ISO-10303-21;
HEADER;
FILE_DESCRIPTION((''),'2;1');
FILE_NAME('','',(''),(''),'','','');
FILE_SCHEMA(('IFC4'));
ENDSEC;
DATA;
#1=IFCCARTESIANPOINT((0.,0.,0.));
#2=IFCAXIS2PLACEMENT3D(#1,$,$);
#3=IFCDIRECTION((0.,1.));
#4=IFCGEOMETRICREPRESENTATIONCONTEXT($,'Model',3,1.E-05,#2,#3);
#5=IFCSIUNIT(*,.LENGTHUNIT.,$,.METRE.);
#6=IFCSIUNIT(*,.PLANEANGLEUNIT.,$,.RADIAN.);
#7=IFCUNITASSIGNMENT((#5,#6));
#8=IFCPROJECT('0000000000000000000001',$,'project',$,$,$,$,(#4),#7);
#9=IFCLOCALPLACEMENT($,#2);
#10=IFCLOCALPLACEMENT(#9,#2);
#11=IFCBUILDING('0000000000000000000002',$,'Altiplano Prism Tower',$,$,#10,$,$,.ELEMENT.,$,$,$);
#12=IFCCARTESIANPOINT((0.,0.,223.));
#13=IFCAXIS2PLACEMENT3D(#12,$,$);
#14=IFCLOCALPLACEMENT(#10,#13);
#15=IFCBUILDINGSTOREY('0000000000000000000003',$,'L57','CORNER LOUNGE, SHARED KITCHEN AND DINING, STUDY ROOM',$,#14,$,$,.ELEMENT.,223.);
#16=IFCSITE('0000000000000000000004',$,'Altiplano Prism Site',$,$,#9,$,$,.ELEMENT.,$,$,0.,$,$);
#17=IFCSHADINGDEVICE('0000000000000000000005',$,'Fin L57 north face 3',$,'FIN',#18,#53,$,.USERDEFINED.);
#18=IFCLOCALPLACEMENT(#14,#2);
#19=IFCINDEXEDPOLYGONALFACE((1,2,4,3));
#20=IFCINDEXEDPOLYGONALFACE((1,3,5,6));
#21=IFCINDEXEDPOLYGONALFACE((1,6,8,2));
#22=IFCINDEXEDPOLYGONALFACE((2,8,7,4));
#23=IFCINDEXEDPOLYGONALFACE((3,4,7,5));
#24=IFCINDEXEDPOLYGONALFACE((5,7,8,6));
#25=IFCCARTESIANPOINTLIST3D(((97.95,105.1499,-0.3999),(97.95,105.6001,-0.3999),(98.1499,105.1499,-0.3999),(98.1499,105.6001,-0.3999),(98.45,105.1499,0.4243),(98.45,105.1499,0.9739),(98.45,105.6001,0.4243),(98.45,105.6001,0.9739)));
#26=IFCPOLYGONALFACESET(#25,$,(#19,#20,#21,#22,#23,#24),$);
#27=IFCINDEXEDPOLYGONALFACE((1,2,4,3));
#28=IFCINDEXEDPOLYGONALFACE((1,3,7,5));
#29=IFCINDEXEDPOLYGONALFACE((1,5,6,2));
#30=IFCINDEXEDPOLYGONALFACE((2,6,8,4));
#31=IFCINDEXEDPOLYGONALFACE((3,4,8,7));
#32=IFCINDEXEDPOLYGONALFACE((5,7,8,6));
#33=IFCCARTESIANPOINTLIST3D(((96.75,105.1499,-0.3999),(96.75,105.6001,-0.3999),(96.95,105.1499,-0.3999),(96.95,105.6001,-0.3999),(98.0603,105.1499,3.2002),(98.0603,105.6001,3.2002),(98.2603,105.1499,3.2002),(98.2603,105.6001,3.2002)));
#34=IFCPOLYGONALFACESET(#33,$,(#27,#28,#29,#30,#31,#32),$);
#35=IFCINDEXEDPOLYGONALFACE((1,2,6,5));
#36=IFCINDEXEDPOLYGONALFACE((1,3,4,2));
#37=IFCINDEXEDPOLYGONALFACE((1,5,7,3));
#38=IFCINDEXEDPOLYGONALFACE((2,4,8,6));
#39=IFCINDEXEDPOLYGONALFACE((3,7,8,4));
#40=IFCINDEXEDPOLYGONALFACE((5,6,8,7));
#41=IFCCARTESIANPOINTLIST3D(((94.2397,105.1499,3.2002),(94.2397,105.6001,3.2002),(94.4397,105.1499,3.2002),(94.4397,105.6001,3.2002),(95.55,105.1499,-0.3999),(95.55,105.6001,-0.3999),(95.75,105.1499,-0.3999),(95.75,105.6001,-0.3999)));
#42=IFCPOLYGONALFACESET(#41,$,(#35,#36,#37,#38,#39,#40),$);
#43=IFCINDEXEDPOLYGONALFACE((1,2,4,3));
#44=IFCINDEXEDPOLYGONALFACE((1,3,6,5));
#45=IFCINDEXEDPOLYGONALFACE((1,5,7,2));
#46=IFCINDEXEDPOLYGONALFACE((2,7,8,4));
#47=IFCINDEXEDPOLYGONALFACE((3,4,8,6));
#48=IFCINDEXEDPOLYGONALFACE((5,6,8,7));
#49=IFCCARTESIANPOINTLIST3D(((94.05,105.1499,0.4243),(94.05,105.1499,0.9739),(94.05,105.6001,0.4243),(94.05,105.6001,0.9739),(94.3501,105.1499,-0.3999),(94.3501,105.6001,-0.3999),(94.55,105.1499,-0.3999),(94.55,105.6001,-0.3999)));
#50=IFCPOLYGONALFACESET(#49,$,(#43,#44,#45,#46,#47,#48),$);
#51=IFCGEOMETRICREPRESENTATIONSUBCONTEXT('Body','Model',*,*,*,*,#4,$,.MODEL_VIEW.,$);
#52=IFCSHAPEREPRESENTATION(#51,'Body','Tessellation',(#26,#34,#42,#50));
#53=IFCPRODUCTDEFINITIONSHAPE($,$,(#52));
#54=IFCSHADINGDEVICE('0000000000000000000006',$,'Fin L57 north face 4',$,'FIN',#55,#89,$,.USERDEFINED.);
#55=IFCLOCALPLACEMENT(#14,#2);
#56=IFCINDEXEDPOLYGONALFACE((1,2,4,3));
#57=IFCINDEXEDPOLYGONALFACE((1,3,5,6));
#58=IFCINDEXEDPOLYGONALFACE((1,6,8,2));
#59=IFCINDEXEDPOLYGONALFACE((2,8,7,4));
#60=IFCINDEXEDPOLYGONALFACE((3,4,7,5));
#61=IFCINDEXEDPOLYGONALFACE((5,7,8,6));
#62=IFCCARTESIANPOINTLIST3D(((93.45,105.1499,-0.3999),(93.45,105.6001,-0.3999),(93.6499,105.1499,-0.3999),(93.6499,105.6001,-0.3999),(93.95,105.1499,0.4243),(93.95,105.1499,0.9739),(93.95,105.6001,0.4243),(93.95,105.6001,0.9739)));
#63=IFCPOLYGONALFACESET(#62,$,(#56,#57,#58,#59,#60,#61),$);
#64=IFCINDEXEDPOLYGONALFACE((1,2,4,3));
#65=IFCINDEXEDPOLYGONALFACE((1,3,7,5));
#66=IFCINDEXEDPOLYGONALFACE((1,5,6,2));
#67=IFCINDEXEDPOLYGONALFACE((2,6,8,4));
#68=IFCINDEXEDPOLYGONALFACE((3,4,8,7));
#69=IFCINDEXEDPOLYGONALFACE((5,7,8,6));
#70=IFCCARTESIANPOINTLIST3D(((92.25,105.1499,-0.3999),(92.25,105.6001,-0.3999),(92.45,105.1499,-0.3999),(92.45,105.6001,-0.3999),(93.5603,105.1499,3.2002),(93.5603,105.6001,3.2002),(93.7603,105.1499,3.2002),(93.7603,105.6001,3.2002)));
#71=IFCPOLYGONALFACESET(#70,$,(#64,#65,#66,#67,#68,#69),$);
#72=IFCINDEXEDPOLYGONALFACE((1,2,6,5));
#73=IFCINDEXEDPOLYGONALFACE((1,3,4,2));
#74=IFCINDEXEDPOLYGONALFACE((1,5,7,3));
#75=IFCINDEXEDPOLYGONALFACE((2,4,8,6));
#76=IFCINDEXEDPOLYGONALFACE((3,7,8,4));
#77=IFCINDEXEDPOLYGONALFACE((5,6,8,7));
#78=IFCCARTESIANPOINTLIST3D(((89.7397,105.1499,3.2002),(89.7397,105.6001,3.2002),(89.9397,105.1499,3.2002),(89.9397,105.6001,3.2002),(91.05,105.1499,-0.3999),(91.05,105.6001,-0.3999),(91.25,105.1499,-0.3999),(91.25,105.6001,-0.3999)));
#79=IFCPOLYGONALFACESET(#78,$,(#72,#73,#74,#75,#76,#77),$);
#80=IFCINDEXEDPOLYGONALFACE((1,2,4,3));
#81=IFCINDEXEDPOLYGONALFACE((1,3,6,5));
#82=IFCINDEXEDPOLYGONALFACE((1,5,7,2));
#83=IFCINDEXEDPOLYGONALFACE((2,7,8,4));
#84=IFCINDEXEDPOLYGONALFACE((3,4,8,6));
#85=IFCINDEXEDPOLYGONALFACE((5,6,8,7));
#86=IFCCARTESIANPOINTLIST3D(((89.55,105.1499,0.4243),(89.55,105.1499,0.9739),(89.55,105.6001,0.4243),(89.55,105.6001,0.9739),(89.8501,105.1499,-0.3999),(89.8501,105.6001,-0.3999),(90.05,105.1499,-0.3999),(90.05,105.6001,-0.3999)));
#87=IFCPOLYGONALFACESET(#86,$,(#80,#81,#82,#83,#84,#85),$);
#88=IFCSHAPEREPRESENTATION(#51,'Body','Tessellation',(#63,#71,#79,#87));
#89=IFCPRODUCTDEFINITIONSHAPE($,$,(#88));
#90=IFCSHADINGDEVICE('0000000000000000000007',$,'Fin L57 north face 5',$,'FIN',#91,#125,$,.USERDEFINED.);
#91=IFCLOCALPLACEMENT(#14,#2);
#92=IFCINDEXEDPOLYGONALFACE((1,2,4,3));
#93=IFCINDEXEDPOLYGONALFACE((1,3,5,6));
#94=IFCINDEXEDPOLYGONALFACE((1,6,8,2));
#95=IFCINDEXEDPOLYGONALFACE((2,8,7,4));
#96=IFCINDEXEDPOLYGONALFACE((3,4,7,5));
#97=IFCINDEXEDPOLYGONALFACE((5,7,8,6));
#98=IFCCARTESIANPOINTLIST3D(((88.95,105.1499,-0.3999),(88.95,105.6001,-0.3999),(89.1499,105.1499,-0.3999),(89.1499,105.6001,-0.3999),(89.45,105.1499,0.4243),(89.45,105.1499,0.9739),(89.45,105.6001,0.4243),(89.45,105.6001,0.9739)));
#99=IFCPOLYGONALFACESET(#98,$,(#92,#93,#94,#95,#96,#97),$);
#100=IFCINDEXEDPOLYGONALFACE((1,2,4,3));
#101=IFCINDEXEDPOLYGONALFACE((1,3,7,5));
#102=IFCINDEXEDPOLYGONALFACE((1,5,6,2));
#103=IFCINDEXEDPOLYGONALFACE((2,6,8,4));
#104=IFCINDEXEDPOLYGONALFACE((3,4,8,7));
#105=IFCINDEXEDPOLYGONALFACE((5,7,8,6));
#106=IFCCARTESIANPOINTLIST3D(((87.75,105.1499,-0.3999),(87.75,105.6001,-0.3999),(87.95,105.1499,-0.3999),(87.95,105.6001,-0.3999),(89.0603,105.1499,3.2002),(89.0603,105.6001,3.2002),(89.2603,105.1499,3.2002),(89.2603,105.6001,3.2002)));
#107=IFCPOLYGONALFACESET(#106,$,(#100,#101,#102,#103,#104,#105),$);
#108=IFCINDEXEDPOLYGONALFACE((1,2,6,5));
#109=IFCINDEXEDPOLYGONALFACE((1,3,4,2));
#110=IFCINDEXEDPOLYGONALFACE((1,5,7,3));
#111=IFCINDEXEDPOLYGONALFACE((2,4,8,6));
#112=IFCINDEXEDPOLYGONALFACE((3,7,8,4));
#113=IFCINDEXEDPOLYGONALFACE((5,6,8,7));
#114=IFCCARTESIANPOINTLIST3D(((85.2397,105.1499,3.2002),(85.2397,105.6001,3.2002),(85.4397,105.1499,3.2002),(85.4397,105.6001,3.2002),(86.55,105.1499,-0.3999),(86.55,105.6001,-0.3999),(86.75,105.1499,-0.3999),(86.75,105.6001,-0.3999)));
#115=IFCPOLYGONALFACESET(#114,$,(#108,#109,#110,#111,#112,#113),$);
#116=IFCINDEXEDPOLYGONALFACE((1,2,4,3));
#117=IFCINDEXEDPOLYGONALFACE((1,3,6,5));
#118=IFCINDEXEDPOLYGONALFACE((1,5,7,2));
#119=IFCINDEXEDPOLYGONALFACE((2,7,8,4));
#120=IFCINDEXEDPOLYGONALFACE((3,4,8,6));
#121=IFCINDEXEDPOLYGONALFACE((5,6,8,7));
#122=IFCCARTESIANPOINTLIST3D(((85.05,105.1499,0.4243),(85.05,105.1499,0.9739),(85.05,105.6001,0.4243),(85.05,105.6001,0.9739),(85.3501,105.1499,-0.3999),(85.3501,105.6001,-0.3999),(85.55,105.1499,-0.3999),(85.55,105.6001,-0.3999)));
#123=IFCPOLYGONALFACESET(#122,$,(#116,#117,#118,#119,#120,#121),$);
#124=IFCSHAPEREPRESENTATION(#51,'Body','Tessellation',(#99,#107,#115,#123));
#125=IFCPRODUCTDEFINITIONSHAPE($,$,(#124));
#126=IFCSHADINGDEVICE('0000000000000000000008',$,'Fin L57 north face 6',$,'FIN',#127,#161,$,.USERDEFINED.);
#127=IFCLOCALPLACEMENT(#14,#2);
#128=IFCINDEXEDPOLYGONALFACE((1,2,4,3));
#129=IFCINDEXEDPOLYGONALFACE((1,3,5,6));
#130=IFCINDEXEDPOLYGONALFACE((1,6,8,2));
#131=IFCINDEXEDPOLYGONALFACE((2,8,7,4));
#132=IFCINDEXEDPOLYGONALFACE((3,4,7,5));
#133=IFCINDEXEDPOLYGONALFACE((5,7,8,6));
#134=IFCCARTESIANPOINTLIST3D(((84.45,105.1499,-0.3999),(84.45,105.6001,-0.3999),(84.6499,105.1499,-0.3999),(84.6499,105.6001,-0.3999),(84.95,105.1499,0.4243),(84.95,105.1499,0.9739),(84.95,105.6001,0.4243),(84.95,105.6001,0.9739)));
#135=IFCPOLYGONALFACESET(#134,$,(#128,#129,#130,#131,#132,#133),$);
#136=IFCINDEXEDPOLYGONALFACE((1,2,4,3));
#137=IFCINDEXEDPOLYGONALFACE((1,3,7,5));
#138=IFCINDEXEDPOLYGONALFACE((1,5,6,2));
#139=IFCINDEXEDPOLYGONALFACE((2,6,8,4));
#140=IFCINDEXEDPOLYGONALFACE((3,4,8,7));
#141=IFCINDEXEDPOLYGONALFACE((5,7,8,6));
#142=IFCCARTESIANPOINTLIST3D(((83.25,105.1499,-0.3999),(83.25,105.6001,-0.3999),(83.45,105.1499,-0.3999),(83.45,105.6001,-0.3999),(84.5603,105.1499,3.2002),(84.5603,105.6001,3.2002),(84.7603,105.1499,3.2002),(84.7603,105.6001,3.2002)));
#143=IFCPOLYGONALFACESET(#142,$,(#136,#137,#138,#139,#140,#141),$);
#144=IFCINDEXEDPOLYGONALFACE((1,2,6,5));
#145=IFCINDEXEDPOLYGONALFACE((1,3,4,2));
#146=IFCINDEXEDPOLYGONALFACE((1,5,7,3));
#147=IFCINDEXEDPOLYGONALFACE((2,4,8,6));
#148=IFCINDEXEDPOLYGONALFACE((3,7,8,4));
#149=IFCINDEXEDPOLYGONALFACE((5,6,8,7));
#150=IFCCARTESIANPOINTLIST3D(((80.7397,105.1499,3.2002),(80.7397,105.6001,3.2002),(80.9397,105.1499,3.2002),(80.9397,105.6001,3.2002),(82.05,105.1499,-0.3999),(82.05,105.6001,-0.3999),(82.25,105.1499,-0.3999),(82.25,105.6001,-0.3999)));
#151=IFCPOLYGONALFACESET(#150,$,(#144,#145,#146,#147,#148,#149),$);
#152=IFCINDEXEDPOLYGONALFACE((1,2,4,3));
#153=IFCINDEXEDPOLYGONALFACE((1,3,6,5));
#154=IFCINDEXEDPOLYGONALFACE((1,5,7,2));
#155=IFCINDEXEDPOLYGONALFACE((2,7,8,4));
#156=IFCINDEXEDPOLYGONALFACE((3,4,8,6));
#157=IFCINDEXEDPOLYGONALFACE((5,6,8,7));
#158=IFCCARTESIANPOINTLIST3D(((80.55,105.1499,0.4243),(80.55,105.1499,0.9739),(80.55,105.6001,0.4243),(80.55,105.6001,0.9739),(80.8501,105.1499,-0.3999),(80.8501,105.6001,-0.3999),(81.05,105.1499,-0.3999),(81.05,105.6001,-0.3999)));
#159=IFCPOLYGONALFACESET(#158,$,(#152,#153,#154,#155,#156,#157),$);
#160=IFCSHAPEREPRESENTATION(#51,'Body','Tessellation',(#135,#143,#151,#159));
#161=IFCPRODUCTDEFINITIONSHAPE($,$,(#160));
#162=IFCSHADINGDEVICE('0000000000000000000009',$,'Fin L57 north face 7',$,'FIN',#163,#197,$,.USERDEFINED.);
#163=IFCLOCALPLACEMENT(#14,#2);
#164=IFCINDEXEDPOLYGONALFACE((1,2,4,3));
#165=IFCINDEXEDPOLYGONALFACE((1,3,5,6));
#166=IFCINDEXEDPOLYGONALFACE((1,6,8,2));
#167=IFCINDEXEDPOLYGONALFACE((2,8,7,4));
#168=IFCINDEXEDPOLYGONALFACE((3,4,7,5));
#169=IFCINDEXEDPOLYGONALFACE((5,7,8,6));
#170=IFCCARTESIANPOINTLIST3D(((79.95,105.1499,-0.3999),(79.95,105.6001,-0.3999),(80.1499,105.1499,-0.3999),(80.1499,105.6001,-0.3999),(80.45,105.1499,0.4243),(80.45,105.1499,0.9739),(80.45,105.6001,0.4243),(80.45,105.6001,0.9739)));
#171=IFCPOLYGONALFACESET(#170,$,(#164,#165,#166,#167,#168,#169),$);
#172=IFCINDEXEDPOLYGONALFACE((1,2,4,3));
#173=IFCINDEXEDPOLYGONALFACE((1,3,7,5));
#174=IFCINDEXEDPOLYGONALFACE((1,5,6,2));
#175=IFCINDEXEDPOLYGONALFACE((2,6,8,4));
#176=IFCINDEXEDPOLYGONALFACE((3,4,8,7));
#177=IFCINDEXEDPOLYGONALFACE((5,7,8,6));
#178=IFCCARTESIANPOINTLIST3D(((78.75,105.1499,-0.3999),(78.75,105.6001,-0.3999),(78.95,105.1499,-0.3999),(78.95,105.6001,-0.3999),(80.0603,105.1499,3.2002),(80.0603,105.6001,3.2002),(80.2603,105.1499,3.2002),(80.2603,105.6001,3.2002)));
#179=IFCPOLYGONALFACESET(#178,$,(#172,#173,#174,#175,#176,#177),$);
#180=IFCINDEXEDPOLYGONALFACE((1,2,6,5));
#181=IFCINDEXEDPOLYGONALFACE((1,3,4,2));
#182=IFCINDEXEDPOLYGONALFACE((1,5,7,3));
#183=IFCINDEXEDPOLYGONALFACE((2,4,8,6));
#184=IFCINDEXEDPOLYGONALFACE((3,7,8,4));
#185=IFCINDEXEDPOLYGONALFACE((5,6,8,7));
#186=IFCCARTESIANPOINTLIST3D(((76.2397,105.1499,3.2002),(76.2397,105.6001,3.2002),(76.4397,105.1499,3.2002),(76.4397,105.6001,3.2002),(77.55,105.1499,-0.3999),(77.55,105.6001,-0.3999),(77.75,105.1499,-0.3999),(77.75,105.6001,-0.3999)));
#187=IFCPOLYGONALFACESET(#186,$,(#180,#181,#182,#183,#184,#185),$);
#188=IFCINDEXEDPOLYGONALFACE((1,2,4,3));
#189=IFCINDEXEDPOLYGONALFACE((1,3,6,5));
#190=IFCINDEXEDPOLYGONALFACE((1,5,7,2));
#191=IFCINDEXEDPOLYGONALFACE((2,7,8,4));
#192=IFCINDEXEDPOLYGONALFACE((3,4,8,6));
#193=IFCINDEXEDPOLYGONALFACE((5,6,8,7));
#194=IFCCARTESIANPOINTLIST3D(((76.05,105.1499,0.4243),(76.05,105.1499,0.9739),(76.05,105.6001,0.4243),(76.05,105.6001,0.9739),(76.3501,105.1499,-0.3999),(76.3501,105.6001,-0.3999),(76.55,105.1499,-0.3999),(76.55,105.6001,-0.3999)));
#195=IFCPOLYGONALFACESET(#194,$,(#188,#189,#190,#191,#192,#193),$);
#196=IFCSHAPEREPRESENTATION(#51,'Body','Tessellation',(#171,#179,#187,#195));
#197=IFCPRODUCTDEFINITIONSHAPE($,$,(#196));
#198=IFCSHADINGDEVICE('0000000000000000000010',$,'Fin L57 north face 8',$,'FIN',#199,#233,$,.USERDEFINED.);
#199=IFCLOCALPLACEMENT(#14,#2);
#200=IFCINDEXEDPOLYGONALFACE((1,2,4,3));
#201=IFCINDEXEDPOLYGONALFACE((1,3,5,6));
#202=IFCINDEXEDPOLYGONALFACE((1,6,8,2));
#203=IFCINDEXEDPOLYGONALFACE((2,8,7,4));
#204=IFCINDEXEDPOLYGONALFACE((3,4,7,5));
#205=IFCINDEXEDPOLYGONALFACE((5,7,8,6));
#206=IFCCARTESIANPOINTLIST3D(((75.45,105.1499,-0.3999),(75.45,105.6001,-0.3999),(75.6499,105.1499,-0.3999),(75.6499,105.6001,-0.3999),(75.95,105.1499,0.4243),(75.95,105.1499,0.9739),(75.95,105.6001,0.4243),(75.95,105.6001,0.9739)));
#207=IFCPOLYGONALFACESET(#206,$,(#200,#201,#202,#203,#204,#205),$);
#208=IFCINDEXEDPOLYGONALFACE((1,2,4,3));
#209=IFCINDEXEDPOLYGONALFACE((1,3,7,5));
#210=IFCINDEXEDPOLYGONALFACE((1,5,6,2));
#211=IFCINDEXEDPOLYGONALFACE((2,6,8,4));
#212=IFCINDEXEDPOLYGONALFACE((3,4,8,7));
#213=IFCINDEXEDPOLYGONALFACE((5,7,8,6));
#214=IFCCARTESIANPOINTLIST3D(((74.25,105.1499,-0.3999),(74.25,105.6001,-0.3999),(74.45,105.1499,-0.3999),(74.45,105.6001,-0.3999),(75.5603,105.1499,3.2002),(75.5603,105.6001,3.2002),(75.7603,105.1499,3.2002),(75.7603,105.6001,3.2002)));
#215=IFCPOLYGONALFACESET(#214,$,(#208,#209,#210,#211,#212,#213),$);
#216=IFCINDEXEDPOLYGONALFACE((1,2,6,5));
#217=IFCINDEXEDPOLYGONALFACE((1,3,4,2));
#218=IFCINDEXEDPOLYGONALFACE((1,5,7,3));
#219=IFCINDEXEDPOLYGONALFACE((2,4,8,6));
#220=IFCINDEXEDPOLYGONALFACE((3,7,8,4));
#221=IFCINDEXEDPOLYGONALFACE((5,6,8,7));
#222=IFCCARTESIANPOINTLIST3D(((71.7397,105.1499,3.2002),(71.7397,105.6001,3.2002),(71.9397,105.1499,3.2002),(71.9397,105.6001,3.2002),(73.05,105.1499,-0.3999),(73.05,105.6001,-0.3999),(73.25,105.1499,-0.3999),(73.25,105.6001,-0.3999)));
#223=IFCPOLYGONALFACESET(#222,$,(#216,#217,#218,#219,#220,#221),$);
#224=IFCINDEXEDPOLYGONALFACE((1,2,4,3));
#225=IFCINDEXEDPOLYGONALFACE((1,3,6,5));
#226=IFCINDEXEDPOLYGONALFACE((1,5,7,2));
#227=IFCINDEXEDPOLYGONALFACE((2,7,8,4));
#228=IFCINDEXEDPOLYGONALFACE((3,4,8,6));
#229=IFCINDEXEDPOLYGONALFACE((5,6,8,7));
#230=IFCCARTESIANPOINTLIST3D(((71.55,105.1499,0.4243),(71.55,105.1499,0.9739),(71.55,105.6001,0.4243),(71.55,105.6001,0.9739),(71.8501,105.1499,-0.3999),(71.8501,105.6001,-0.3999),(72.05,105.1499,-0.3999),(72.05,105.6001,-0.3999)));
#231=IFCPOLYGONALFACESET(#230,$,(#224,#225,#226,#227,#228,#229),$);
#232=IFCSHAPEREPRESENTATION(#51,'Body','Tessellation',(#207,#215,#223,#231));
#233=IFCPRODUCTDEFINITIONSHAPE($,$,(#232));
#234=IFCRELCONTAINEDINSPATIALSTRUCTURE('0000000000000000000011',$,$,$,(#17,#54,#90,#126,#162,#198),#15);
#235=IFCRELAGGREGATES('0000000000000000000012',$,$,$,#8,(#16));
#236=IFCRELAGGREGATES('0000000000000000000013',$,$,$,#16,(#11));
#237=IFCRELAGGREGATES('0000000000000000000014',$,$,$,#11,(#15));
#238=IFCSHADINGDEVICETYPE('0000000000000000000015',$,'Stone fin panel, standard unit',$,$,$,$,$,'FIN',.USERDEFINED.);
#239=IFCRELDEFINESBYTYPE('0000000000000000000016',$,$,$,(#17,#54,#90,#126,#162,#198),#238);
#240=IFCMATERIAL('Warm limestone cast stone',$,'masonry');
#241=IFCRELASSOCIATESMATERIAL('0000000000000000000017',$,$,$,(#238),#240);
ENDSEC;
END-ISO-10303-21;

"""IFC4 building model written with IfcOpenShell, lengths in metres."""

from ifc_helpers import new_model, si_unit, direction, frame, origin, place, context, subcontext, project, spatial, polyline, outline, extrude, source, transform, mapped, material, type_object, element, save


model = new_model("IFC4")

# Units and contexts
model_context = context("Model", 3, precision=1e-05, world=origin(), true_north=direction((0.0, 1.0)))
body_context = subcontext(model_context, "Body", "Model", "MODEL_VIEW")
ifc_project = project(units=[si_unit("LENGTHUNIT", "METRE"), si_unit("PLANEANGLEUNIT", "RADIAN")], contexts=[model_context])

# Site, building, storey
site_placement = place(None, origin())
site = spatial("IfcSite", under=ifc_project, at=site_placement, Name="Altiplano Prism Site", CompositionType="ELEMENT", RefElevation=0.0)
building_placement = place(site_placement, origin())
building = spatial("IfcBuilding", under=site, at=building_placement, Name="Altiplano Prism Tower", CompositionType="ELEMENT")
storey_placement = place(building_placement, frame((0.0, 0.0, 223.0)))
storey = spatial("IfcBuildingStorey", under=building, at=storey_placement, Name="L57", Description="CORNER LOUNGE, SHARED KITCHEN AND DINING, STUDY ROOM", CompositionType="ELEMENT", Elevation=223.0)

# Shading devices
ifc_material_1 = material(Name="Warm limestone cast stone", Category="masonry")
shading_device_type_1 = type_object("IfcShadingDeviceType", Name="Stone fin panel, standard unit", ElementType="FIN", PredefinedType="USERDEFINED", material=ifc_material_1)
shared_shape_1 = source(origin(), body_context, "Body", "SweptSolid", [
    extrude(outline(polyline([(-2.2, 1.3738), (-2.2, 0.8242), (-1.8999, 0.0), (-1.7, 0.0), (-2.2, 1.3738)])), frame((0.0, -0.1499, 0.0), z_axis=(0.0, -1.0, 0.0), x_axis=(1.0, 0.0, 0.0)), (0.0, 0.0, 1.0), 0.4502),
    extrude(outline(polyline([(-2.0103, 3.6001), (-0.7, 0.0), (-0.5, 0.0), (-1.8103, 3.6001), (-2.0103, 3.6001)])), frame((0.0, -0.1499, 0.0), z_axis=(0.0, -1.0, 0.0), x_axis=(1.0, 0.0, 0.0)), (0.0, 0.0, 1.0), 0.4502),
    extrude(outline(polyline([(1.8103, 3.6001), (0.5, 0.0), (0.7, 0.0), (2.0103, 3.6001), (1.8103, 3.6001)])), frame((0.0, -0.1499, 0.0), z_axis=(0.0, -1.0, 0.0), x_axis=(1.0, 0.0, 0.0)), (0.0, 0.0, 1.0), 0.4502),
    extrude(outline(polyline([(2.2, 0.8242), (2.2, 1.3738), (1.7, 0.0), (1.8999, 0.0), (2.2, 0.8242)])), frame((0.0, -0.1499, 0.0), z_axis=(0.0, -1.0, 0.0), x_axis=(1.0, 0.0, 0.0)), (0.0, 0.0, 1.0), 0.4502),
])
shading_device_1_placement = place(storey_placement, origin())
element("IfcShadingDevice", 1, at=shading_device_1_placement, inside=storey, type_object=shading_device_type_1, Name="Fin L57 north face 3", ObjectType="FIN", PredefinedType="USERDEFINED", context=body_context, shape_type="MappedRepresentation", body=[
    mapped(shared_shape_1, transform((96.25, 105.0, -0.3999), x_axis=(-1.0, 0.0, 0.0), y_axis=(0.0, -1.0, 0.0), z_axis=(0.0, 0.0, 1.0))),
])
shading_device_2_placement = place(storey_placement, origin())
element("IfcShadingDevice", 2, at=shading_device_2_placement, inside=storey, type_object=shading_device_type_1, Name="Fin L57 north face 4", ObjectType="FIN", PredefinedType="USERDEFINED", context=body_context, shape_type="MappedRepresentation", body=[
    mapped(shared_shape_1, transform((91.75, 105.0, -0.3999), x_axis=(-1.0, 0.0, 0.0), y_axis=(0.0, -1.0, 0.0), z_axis=(0.0, 0.0, 1.0))),
])
shading_device_3_placement = place(storey_placement, origin())
element("IfcShadingDevice", 3, at=shading_device_3_placement, inside=storey, type_object=shading_device_type_1, Name="Fin L57 north face 5", ObjectType="FIN", PredefinedType="USERDEFINED", context=body_context, shape_type="MappedRepresentation", body=[
    mapped(shared_shape_1, transform((87.25, 105.0, -0.3999), x_axis=(-1.0, 0.0, 0.0), y_axis=(0.0, -1.0, 0.0), z_axis=(0.0, 0.0, 1.0))),
])
shading_device_4_placement = place(storey_placement, origin())
element("IfcShadingDevice", 4, at=shading_device_4_placement, inside=storey, type_object=shading_device_type_1, Name="Fin L57 north face 6", ObjectType="FIN", PredefinedType="USERDEFINED", context=body_context, shape_type="MappedRepresentation", body=[
    mapped(shared_shape_1, transform((82.75, 105.0, -0.3999), x_axis=(-1.0, 0.0, 0.0), y_axis=(0.0, -1.0, 0.0), z_axis=(0.0, 0.0, 1.0))),
])
shading_device_5_placement = place(storey_placement, origin())
element("IfcShadingDevice", 5, at=shading_device_5_placement, inside=storey, type_object=shading_device_type_1, Name="Fin L57 north face 7", ObjectType="FIN", PredefinedType="USERDEFINED", context=body_context, shape_type="MappedRepresentation", body=[
    mapped(shared_shape_1, transform((78.25, 105.0, -0.3999), x_axis=(-1.0, 0.0, 0.0), y_axis=(0.0, -1.0, 0.0), z_axis=(0.0, 0.0, 1.0))),
])
shading_device_6_placement = place(storey_placement, origin())
element("IfcShadingDevice", 6, at=shading_device_6_placement, inside=storey, type_object=shading_device_type_1, Name="Fin L57 north face 8", ObjectType="FIN", PredefinedType="USERDEFINED", context=body_context, shape_type="MappedRepresentation", body=[
    mapped(shared_shape_1, transform((73.75, 105.0, -0.3999), x_axis=(-1.0, 0.0, 0.0), y_axis=(0.0, -1.0, 0.0), z_axis=(0.0, 0.0, 1.0))),
])

save(model, "model.ifc")
